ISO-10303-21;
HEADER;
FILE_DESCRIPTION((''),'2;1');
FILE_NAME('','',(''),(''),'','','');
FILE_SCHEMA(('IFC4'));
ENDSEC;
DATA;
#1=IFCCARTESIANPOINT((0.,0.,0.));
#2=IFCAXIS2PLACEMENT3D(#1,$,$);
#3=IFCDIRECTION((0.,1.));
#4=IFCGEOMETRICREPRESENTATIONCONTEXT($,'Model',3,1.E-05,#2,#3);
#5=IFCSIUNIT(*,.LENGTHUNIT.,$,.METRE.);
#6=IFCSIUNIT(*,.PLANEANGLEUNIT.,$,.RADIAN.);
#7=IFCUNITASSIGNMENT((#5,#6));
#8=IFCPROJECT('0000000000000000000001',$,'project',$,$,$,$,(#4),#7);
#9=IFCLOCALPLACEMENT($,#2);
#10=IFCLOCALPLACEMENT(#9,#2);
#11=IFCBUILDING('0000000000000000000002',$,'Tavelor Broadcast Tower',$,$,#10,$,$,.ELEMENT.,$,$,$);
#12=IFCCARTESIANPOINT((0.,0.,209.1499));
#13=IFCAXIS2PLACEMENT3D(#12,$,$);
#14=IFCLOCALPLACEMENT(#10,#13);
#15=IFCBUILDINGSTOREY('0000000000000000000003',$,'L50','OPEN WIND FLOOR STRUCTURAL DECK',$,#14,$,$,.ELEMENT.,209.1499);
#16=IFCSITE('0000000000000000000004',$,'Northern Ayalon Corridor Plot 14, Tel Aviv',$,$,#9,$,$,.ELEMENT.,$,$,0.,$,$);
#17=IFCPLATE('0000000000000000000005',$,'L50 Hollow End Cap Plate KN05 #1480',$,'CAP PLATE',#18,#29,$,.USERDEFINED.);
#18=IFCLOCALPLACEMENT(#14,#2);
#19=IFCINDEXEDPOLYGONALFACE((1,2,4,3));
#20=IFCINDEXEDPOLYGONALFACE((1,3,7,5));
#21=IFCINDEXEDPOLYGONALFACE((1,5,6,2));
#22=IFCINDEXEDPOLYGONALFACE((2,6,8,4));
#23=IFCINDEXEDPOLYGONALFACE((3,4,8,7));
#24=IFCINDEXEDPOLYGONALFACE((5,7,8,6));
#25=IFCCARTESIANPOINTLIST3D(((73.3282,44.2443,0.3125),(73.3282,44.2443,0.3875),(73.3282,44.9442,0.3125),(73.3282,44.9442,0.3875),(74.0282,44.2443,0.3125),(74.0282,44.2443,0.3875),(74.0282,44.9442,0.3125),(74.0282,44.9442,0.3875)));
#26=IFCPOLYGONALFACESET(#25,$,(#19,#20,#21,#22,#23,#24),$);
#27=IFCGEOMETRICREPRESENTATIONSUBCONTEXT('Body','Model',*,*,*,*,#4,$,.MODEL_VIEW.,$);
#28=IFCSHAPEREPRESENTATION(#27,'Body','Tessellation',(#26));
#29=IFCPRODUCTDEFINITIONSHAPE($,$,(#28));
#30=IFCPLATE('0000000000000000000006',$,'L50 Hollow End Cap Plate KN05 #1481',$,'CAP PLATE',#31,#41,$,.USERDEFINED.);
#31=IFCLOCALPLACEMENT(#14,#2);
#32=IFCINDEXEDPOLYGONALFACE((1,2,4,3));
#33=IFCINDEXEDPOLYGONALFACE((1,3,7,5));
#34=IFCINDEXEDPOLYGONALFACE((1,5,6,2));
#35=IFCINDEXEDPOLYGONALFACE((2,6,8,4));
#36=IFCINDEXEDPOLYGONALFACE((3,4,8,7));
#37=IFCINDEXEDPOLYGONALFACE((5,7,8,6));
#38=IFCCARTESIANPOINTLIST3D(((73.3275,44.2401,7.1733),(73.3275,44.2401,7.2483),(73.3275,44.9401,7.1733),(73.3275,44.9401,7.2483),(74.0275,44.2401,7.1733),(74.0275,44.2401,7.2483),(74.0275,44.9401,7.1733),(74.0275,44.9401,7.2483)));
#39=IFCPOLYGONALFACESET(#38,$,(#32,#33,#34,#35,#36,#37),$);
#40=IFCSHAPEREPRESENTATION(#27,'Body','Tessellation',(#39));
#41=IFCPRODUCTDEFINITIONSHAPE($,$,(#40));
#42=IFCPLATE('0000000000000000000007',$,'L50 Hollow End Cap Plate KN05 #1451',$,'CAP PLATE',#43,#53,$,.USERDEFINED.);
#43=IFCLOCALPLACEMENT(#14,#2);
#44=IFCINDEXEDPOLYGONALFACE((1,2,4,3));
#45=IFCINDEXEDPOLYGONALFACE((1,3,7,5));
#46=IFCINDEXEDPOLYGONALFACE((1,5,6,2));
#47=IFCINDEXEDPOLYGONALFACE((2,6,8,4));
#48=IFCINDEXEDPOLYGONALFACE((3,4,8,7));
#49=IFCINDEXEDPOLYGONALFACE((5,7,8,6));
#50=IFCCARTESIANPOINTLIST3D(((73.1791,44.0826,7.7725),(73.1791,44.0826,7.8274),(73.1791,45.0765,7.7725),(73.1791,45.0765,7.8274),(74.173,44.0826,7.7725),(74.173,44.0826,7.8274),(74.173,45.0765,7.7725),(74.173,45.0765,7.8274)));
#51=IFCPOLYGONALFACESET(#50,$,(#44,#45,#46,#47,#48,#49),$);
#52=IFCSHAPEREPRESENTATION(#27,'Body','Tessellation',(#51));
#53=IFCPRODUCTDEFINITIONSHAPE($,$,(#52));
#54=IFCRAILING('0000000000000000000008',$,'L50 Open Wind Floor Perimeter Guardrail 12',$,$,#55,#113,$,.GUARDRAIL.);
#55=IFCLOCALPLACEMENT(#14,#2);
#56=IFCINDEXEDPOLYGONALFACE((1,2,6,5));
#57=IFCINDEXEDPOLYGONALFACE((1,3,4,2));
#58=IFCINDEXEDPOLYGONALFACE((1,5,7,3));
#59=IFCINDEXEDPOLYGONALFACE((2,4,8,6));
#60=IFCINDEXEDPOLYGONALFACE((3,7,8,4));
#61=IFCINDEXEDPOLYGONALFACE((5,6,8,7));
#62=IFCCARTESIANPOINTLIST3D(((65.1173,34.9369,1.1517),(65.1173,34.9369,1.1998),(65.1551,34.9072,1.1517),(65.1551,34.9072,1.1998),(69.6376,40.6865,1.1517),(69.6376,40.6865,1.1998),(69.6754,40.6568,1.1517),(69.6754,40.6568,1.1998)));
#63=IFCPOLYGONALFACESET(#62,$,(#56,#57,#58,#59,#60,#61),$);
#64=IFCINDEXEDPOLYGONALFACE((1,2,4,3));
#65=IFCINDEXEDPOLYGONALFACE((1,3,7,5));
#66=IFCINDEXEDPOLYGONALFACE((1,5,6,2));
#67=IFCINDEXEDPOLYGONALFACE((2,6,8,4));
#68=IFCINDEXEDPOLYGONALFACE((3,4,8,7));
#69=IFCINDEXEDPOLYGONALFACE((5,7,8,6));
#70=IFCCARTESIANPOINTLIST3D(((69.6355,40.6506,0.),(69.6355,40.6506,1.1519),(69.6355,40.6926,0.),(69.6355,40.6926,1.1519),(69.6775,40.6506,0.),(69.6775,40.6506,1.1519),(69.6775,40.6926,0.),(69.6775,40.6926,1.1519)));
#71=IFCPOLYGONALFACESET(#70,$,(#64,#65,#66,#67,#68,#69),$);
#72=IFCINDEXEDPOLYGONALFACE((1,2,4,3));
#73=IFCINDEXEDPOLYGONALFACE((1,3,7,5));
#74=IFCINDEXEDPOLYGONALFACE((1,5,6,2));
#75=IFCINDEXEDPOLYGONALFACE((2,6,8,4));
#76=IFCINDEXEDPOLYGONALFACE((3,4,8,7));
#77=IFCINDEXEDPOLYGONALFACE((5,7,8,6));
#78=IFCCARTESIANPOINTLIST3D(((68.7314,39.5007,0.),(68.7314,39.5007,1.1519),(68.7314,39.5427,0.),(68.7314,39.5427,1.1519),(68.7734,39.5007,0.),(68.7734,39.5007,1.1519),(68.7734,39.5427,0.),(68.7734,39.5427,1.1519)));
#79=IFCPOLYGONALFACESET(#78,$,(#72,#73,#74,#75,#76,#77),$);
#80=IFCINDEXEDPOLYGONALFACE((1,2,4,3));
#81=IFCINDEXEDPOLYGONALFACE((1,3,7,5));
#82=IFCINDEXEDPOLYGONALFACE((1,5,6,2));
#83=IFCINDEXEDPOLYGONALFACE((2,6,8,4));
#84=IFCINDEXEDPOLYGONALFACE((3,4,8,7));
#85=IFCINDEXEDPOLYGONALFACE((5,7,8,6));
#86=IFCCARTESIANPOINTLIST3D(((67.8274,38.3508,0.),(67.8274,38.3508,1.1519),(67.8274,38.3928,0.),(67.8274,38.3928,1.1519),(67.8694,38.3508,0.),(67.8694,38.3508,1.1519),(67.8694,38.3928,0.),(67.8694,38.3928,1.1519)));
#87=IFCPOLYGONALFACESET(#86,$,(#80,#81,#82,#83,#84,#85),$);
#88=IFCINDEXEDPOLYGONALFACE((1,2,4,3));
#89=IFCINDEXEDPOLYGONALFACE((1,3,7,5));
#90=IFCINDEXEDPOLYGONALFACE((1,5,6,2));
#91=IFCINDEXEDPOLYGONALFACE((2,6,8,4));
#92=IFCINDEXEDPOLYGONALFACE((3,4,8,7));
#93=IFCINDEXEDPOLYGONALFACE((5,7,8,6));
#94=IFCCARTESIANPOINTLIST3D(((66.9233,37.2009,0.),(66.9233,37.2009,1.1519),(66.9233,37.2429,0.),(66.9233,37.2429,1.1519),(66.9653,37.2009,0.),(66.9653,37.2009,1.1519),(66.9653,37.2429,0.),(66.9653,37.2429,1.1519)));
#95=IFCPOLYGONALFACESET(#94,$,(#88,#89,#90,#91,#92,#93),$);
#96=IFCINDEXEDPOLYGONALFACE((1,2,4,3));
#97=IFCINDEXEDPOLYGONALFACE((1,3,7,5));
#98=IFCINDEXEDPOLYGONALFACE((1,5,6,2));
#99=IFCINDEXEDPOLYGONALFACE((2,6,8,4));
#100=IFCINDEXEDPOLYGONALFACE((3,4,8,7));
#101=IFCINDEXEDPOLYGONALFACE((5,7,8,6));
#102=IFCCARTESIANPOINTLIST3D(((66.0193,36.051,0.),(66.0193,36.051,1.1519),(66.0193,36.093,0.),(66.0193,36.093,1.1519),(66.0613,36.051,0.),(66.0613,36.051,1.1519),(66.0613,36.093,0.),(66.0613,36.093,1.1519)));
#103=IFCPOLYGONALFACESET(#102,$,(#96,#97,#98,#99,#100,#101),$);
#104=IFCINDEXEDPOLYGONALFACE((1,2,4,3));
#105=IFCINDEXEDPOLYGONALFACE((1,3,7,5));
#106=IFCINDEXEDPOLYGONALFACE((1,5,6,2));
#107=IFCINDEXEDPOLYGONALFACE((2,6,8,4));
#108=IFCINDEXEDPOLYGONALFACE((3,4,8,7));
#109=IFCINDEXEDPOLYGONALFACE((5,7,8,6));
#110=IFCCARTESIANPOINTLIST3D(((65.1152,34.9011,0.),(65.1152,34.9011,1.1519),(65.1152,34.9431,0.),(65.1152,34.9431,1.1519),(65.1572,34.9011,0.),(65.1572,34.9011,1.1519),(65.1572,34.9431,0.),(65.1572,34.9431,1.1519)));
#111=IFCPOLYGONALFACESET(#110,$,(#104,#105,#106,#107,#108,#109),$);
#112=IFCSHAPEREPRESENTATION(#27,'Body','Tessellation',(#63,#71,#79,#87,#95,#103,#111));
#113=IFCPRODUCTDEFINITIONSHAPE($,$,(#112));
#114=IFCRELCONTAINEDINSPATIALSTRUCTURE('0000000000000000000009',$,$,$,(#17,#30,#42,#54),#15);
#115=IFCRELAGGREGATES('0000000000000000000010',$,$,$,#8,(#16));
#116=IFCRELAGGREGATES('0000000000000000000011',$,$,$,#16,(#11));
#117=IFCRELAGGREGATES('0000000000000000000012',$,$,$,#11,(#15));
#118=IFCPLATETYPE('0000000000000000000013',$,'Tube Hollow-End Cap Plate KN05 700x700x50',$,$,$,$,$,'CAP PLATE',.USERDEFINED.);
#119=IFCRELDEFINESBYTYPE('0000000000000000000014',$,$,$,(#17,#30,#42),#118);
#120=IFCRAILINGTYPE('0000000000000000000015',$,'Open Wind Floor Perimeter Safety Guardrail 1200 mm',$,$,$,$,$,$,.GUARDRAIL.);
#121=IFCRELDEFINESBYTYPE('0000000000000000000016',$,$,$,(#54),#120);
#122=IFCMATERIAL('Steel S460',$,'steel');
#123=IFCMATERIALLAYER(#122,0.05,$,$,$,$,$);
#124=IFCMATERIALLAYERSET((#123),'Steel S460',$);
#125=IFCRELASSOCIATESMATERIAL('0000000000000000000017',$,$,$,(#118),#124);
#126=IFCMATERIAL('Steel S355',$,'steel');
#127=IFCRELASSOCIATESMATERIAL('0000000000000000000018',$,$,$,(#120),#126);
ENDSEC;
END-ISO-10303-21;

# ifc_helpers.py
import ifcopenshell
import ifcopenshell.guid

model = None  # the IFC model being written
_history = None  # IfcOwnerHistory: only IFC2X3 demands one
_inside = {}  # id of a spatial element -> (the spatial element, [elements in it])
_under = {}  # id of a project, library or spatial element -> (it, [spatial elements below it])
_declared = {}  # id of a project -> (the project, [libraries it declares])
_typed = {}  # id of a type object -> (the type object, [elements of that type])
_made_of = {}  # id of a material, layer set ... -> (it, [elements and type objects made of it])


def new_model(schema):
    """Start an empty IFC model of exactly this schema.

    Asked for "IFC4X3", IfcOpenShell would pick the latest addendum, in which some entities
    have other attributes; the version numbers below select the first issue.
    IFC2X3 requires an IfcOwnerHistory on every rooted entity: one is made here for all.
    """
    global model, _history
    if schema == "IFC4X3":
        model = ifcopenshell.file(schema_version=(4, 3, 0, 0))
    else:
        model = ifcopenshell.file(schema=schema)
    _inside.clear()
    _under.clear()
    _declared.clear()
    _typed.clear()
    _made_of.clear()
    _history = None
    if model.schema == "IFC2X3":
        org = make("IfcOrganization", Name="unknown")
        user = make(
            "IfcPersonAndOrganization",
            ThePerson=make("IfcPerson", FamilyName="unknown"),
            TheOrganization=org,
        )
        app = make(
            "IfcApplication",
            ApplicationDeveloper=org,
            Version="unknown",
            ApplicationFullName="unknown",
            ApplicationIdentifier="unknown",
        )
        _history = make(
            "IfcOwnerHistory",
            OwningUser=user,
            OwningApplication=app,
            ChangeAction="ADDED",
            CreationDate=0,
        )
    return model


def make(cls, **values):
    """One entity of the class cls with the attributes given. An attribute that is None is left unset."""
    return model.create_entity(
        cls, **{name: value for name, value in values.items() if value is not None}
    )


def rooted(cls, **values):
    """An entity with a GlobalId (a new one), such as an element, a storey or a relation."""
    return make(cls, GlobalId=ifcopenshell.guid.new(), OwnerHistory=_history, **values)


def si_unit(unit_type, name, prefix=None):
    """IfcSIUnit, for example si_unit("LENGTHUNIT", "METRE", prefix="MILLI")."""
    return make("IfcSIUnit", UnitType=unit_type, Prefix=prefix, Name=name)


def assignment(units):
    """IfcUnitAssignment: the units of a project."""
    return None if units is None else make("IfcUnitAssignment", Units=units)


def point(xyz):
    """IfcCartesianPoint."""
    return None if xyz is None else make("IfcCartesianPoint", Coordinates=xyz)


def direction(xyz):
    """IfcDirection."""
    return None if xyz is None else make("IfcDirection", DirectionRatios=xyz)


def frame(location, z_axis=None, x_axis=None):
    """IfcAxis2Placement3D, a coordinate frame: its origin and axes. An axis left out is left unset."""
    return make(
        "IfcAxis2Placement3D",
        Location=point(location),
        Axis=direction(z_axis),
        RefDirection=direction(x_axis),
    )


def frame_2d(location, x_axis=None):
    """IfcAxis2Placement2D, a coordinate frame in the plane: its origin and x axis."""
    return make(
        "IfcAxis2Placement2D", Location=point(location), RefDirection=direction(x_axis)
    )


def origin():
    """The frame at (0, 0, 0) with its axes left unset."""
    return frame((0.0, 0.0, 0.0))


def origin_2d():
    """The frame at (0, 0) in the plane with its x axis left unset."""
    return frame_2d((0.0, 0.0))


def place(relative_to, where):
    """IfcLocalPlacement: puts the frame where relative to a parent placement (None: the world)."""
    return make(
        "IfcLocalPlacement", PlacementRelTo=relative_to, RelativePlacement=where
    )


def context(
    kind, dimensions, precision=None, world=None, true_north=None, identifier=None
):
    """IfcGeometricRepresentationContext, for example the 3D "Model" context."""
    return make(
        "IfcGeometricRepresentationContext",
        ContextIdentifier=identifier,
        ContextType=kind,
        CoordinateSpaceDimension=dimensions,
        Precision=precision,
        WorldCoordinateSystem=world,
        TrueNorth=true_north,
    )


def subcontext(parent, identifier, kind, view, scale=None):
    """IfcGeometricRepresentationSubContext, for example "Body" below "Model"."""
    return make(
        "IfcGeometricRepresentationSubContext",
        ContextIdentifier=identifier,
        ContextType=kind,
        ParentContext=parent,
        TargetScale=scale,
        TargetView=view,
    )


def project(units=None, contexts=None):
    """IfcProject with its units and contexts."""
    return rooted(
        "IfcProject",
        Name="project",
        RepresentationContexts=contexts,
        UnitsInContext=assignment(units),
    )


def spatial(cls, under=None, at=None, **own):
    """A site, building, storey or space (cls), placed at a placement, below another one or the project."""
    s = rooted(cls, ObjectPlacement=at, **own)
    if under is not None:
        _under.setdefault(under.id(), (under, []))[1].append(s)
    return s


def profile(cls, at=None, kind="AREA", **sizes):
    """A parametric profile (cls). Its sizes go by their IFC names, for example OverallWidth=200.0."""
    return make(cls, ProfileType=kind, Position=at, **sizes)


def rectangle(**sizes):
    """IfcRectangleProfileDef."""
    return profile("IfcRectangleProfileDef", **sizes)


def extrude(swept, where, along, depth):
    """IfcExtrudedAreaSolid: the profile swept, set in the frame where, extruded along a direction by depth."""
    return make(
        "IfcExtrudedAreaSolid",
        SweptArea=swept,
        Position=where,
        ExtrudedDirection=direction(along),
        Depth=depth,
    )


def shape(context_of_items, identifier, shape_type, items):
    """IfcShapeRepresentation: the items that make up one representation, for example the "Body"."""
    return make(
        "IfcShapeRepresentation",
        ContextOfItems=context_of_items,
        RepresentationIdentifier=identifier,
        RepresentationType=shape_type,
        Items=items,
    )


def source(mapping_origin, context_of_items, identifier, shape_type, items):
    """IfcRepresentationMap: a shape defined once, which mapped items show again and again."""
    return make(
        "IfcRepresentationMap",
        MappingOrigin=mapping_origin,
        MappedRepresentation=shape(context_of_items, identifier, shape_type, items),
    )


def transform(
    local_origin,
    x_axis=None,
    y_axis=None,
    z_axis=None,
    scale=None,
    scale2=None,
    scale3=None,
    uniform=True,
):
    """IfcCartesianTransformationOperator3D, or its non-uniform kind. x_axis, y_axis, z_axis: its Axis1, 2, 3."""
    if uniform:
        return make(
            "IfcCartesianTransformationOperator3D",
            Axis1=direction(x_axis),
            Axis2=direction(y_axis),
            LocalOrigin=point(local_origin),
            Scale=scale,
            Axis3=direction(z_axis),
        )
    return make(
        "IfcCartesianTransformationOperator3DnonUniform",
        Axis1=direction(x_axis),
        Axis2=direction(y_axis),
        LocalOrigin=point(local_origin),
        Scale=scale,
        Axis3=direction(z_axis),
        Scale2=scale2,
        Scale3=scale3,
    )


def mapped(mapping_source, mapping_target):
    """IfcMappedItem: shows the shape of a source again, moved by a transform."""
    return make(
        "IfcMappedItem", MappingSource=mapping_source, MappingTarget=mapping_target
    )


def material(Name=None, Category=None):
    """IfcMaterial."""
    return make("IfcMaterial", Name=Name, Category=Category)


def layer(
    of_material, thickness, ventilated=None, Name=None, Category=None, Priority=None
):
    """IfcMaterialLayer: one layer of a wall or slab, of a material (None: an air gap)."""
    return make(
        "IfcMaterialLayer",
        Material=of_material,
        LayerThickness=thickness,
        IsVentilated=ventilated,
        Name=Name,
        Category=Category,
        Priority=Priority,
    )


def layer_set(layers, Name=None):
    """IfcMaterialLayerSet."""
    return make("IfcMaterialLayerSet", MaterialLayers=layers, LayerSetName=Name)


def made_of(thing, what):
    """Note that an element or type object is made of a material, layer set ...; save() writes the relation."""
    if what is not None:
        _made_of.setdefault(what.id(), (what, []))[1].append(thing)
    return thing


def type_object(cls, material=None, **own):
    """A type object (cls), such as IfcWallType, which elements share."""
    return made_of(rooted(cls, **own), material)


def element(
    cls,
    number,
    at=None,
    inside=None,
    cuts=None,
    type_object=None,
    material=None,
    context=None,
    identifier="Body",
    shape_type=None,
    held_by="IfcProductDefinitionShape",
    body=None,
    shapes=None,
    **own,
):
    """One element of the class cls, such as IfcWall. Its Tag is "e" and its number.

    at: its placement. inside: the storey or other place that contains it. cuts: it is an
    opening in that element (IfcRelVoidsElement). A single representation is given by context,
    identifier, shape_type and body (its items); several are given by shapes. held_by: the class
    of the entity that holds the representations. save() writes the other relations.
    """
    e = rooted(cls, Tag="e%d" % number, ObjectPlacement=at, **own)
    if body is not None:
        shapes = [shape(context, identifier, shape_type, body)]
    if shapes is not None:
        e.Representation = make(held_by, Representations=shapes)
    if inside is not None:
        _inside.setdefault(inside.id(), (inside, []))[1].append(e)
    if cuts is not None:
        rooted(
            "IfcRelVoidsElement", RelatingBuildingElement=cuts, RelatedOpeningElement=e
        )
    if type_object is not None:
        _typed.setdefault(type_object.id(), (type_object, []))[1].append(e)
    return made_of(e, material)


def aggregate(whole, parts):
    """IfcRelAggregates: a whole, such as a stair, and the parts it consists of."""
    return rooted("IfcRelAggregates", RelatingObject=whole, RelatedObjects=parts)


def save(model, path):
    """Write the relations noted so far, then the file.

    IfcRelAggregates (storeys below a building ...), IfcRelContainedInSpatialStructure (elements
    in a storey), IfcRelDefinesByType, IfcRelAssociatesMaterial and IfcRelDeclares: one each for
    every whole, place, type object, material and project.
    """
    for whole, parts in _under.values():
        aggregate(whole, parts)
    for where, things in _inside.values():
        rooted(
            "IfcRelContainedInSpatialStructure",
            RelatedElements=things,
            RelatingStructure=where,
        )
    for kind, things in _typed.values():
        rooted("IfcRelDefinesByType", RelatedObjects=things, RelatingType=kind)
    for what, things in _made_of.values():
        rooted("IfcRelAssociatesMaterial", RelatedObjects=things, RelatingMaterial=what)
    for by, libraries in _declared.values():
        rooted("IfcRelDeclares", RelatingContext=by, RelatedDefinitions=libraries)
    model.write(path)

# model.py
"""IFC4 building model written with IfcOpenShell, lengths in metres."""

from ifc_helpers import new_model, si_unit, direction, frame, origin, origin_2d, place, context, subcontext, project, spatial, rectangle, extrude, source, transform, mapped, material, layer, layer_set, type_object, element, save


model = new_model("IFC4")

# Units and contexts
model_context = context("Model", 3, precision=1e-05, world=origin(), true_north=direction((0.0, 1.0)))
body_context = subcontext(model_context, "Body", "Model", "MODEL_VIEW")
ifc_project = project(units=[si_unit("LENGTHUNIT", "METRE"), si_unit("PLANEANGLEUNIT", "RADIAN")], contexts=[model_context])

# Site, building, storey
site_placement = place(None, origin())
site = spatial("IfcSite", under=ifc_project, at=site_placement, Name="Northern Ayalon Corridor Plot 14, Tel Aviv", CompositionType="ELEMENT", RefElevation=0.0)
building_placement = place(site_placement, origin())
building = spatial("IfcBuilding", under=site, at=building_placement, Name="Tavelor Broadcast Tower", CompositionType="ELEMENT")
storey_placement = place(building_placement, frame((0.0, 0.0, 209.1499)))
storey = spatial("IfcBuildingStorey", under=building, at=storey_placement, Name="L50", Description="OPEN WIND FLOOR STRUCTURAL DECK", CompositionType="ELEMENT", Elevation=209.1499)

# Shared definitions
ifc_material_1 = material(Name="Steel S460", Category="steel")

# Plates
ifc_layer = layer(ifc_material_1, 0.05)
ifc_layer_set = layer_set([ifc_layer], Name="Steel S460")
plate_type = type_object("IfcPlateType", Name="Tube Hollow-End Cap Plate KN05 700x700x50", ElementType="CAP PLATE", PredefinedType="USERDEFINED", material=ifc_layer_set)
shared_shape_1 = source(origin(), body_context, "Body", "SweptSolid", [
    extrude(rectangle(XDim=0.7, YDim=0.7, at=origin_2d()), origin(), (0.0, 0.0, 1.0), 0.075),
])
for number, where, z_axis, x_axis, name in (
    (1, (73.6782, 44.5942, 0.3125), (0.0, 0.0, 1.0), (1.0, 0.0, 0.0), "L50 Hollow End Cap Plate KN05 #1480"),
    (2, (73.6775, 44.5901, 7.1733), (0.0, 0.0, 1.0), (1.0, 0.0, 0.0), "L50 Hollow End Cap Plate KN05 #1481"),
):
    element("IfcPlate", number, at=place(storey_placement, frame(where, z_axis=z_axis, x_axis=x_axis)), inside=storey, type_object=plate_type, Name=name, ObjectType="CAP PLATE", PredefinedType="USERDEFINED", context=body_context, shape_type="MappedRepresentation", body=[
        mapped(shared_shape_1, transform((0.0, 0.0, 0.0), scale=1.0)),
    ])
shared_shape_2 = source(origin(), body_context, "Body", "SweptSolid", [
    extrude(rectangle(XDim=0.9939, YDim=0.9939, at=origin_2d()), origin(), (0.0, 0.0, 1.0), 0.0549),
])
plate_placement = place(storey_placement, frame((73.676, 44.5796, 7.7725), z_axis=(0.0, 0.0, 1.0), x_axis=(1.0, 0.0, 0.0)))
element("IfcPlate", 3, at=plate_placement, inside=storey, type_object=plate_type, Name="L50 Hollow End Cap Plate KN05 #1451", ObjectType="CAP PLATE", PredefinedType="USERDEFINED", context=body_context, shape_type="MappedRepresentation", body=[
    mapped(shared_shape_2, transform((0.0, 0.0, 0.0), scale=1.0)),
])

# Railing
ifc_material_2 = material(Name="Steel S355", Category="steel")
railing_type = type_object("IfcRailingType", Name="Open Wind Floor Perimeter Safety Guardrail 1200 mm", PredefinedType="GUARDRAIL", material=ifc_material_2)
railing_placement = place(storey_placement, frame((69.6565, 40.6716, 0.0)))
element("IfcRailing", 4, at=railing_placement, inside=storey, type_object=railing_type, Name="L50 Open Wind Floor Perimeter Guardrail 12", PredefinedType="GUARDRAIL", context=body_context, shape_type="SweptSolid", body=[
    extrude(rectangle(XDim=0.0481, YDim=0.0481, at=origin_2d()), frame((0.0, 0.0, 1.1758), z_axis=(-0.618057, -0.786133, 0.0), x_axis=(0.786133, -0.618057, 0.0)), (0.0, 0.0, 1.0), 7.3137),
    extrude(rectangle(XDim=0.042, YDim=0.042, at=origin_2d()), origin(), (0.0, 0.0, 1.0), 1.1519),
    extrude(rectangle(XDim=0.042, YDim=0.042, at=origin_2d()), frame((-0.9041, -1.1499, 0.0)), (0.0, 0.0, 1.0), 1.1519),
    extrude(rectangle(XDim=0.042, YDim=0.042, at=origin_2d()), frame((-1.8081, -2.2998, 0.0)), (0.0, 0.0, 1.0), 1.1519),
    extrude(rectangle(XDim=0.042, YDim=0.042, at=origin_2d()), frame((-2.7122, -3.4497, 0.0)), (0.0, 0.0, 1.0), 1.1519),
    extrude(rectangle(XDim=0.042, YDim=0.042, at=origin_2d()), frame((-3.6162, -4.5996, 0.0)), (0.0, 0.0, 1.0), 1.1519),
    extrude(rectangle(XDim=0.042, YDim=0.042, at=origin_2d()), frame((-4.5203, -5.7495, 0.0)), (0.0, 0.0, 1.0), 1.1519),
])

save(model, "model.ifc")
